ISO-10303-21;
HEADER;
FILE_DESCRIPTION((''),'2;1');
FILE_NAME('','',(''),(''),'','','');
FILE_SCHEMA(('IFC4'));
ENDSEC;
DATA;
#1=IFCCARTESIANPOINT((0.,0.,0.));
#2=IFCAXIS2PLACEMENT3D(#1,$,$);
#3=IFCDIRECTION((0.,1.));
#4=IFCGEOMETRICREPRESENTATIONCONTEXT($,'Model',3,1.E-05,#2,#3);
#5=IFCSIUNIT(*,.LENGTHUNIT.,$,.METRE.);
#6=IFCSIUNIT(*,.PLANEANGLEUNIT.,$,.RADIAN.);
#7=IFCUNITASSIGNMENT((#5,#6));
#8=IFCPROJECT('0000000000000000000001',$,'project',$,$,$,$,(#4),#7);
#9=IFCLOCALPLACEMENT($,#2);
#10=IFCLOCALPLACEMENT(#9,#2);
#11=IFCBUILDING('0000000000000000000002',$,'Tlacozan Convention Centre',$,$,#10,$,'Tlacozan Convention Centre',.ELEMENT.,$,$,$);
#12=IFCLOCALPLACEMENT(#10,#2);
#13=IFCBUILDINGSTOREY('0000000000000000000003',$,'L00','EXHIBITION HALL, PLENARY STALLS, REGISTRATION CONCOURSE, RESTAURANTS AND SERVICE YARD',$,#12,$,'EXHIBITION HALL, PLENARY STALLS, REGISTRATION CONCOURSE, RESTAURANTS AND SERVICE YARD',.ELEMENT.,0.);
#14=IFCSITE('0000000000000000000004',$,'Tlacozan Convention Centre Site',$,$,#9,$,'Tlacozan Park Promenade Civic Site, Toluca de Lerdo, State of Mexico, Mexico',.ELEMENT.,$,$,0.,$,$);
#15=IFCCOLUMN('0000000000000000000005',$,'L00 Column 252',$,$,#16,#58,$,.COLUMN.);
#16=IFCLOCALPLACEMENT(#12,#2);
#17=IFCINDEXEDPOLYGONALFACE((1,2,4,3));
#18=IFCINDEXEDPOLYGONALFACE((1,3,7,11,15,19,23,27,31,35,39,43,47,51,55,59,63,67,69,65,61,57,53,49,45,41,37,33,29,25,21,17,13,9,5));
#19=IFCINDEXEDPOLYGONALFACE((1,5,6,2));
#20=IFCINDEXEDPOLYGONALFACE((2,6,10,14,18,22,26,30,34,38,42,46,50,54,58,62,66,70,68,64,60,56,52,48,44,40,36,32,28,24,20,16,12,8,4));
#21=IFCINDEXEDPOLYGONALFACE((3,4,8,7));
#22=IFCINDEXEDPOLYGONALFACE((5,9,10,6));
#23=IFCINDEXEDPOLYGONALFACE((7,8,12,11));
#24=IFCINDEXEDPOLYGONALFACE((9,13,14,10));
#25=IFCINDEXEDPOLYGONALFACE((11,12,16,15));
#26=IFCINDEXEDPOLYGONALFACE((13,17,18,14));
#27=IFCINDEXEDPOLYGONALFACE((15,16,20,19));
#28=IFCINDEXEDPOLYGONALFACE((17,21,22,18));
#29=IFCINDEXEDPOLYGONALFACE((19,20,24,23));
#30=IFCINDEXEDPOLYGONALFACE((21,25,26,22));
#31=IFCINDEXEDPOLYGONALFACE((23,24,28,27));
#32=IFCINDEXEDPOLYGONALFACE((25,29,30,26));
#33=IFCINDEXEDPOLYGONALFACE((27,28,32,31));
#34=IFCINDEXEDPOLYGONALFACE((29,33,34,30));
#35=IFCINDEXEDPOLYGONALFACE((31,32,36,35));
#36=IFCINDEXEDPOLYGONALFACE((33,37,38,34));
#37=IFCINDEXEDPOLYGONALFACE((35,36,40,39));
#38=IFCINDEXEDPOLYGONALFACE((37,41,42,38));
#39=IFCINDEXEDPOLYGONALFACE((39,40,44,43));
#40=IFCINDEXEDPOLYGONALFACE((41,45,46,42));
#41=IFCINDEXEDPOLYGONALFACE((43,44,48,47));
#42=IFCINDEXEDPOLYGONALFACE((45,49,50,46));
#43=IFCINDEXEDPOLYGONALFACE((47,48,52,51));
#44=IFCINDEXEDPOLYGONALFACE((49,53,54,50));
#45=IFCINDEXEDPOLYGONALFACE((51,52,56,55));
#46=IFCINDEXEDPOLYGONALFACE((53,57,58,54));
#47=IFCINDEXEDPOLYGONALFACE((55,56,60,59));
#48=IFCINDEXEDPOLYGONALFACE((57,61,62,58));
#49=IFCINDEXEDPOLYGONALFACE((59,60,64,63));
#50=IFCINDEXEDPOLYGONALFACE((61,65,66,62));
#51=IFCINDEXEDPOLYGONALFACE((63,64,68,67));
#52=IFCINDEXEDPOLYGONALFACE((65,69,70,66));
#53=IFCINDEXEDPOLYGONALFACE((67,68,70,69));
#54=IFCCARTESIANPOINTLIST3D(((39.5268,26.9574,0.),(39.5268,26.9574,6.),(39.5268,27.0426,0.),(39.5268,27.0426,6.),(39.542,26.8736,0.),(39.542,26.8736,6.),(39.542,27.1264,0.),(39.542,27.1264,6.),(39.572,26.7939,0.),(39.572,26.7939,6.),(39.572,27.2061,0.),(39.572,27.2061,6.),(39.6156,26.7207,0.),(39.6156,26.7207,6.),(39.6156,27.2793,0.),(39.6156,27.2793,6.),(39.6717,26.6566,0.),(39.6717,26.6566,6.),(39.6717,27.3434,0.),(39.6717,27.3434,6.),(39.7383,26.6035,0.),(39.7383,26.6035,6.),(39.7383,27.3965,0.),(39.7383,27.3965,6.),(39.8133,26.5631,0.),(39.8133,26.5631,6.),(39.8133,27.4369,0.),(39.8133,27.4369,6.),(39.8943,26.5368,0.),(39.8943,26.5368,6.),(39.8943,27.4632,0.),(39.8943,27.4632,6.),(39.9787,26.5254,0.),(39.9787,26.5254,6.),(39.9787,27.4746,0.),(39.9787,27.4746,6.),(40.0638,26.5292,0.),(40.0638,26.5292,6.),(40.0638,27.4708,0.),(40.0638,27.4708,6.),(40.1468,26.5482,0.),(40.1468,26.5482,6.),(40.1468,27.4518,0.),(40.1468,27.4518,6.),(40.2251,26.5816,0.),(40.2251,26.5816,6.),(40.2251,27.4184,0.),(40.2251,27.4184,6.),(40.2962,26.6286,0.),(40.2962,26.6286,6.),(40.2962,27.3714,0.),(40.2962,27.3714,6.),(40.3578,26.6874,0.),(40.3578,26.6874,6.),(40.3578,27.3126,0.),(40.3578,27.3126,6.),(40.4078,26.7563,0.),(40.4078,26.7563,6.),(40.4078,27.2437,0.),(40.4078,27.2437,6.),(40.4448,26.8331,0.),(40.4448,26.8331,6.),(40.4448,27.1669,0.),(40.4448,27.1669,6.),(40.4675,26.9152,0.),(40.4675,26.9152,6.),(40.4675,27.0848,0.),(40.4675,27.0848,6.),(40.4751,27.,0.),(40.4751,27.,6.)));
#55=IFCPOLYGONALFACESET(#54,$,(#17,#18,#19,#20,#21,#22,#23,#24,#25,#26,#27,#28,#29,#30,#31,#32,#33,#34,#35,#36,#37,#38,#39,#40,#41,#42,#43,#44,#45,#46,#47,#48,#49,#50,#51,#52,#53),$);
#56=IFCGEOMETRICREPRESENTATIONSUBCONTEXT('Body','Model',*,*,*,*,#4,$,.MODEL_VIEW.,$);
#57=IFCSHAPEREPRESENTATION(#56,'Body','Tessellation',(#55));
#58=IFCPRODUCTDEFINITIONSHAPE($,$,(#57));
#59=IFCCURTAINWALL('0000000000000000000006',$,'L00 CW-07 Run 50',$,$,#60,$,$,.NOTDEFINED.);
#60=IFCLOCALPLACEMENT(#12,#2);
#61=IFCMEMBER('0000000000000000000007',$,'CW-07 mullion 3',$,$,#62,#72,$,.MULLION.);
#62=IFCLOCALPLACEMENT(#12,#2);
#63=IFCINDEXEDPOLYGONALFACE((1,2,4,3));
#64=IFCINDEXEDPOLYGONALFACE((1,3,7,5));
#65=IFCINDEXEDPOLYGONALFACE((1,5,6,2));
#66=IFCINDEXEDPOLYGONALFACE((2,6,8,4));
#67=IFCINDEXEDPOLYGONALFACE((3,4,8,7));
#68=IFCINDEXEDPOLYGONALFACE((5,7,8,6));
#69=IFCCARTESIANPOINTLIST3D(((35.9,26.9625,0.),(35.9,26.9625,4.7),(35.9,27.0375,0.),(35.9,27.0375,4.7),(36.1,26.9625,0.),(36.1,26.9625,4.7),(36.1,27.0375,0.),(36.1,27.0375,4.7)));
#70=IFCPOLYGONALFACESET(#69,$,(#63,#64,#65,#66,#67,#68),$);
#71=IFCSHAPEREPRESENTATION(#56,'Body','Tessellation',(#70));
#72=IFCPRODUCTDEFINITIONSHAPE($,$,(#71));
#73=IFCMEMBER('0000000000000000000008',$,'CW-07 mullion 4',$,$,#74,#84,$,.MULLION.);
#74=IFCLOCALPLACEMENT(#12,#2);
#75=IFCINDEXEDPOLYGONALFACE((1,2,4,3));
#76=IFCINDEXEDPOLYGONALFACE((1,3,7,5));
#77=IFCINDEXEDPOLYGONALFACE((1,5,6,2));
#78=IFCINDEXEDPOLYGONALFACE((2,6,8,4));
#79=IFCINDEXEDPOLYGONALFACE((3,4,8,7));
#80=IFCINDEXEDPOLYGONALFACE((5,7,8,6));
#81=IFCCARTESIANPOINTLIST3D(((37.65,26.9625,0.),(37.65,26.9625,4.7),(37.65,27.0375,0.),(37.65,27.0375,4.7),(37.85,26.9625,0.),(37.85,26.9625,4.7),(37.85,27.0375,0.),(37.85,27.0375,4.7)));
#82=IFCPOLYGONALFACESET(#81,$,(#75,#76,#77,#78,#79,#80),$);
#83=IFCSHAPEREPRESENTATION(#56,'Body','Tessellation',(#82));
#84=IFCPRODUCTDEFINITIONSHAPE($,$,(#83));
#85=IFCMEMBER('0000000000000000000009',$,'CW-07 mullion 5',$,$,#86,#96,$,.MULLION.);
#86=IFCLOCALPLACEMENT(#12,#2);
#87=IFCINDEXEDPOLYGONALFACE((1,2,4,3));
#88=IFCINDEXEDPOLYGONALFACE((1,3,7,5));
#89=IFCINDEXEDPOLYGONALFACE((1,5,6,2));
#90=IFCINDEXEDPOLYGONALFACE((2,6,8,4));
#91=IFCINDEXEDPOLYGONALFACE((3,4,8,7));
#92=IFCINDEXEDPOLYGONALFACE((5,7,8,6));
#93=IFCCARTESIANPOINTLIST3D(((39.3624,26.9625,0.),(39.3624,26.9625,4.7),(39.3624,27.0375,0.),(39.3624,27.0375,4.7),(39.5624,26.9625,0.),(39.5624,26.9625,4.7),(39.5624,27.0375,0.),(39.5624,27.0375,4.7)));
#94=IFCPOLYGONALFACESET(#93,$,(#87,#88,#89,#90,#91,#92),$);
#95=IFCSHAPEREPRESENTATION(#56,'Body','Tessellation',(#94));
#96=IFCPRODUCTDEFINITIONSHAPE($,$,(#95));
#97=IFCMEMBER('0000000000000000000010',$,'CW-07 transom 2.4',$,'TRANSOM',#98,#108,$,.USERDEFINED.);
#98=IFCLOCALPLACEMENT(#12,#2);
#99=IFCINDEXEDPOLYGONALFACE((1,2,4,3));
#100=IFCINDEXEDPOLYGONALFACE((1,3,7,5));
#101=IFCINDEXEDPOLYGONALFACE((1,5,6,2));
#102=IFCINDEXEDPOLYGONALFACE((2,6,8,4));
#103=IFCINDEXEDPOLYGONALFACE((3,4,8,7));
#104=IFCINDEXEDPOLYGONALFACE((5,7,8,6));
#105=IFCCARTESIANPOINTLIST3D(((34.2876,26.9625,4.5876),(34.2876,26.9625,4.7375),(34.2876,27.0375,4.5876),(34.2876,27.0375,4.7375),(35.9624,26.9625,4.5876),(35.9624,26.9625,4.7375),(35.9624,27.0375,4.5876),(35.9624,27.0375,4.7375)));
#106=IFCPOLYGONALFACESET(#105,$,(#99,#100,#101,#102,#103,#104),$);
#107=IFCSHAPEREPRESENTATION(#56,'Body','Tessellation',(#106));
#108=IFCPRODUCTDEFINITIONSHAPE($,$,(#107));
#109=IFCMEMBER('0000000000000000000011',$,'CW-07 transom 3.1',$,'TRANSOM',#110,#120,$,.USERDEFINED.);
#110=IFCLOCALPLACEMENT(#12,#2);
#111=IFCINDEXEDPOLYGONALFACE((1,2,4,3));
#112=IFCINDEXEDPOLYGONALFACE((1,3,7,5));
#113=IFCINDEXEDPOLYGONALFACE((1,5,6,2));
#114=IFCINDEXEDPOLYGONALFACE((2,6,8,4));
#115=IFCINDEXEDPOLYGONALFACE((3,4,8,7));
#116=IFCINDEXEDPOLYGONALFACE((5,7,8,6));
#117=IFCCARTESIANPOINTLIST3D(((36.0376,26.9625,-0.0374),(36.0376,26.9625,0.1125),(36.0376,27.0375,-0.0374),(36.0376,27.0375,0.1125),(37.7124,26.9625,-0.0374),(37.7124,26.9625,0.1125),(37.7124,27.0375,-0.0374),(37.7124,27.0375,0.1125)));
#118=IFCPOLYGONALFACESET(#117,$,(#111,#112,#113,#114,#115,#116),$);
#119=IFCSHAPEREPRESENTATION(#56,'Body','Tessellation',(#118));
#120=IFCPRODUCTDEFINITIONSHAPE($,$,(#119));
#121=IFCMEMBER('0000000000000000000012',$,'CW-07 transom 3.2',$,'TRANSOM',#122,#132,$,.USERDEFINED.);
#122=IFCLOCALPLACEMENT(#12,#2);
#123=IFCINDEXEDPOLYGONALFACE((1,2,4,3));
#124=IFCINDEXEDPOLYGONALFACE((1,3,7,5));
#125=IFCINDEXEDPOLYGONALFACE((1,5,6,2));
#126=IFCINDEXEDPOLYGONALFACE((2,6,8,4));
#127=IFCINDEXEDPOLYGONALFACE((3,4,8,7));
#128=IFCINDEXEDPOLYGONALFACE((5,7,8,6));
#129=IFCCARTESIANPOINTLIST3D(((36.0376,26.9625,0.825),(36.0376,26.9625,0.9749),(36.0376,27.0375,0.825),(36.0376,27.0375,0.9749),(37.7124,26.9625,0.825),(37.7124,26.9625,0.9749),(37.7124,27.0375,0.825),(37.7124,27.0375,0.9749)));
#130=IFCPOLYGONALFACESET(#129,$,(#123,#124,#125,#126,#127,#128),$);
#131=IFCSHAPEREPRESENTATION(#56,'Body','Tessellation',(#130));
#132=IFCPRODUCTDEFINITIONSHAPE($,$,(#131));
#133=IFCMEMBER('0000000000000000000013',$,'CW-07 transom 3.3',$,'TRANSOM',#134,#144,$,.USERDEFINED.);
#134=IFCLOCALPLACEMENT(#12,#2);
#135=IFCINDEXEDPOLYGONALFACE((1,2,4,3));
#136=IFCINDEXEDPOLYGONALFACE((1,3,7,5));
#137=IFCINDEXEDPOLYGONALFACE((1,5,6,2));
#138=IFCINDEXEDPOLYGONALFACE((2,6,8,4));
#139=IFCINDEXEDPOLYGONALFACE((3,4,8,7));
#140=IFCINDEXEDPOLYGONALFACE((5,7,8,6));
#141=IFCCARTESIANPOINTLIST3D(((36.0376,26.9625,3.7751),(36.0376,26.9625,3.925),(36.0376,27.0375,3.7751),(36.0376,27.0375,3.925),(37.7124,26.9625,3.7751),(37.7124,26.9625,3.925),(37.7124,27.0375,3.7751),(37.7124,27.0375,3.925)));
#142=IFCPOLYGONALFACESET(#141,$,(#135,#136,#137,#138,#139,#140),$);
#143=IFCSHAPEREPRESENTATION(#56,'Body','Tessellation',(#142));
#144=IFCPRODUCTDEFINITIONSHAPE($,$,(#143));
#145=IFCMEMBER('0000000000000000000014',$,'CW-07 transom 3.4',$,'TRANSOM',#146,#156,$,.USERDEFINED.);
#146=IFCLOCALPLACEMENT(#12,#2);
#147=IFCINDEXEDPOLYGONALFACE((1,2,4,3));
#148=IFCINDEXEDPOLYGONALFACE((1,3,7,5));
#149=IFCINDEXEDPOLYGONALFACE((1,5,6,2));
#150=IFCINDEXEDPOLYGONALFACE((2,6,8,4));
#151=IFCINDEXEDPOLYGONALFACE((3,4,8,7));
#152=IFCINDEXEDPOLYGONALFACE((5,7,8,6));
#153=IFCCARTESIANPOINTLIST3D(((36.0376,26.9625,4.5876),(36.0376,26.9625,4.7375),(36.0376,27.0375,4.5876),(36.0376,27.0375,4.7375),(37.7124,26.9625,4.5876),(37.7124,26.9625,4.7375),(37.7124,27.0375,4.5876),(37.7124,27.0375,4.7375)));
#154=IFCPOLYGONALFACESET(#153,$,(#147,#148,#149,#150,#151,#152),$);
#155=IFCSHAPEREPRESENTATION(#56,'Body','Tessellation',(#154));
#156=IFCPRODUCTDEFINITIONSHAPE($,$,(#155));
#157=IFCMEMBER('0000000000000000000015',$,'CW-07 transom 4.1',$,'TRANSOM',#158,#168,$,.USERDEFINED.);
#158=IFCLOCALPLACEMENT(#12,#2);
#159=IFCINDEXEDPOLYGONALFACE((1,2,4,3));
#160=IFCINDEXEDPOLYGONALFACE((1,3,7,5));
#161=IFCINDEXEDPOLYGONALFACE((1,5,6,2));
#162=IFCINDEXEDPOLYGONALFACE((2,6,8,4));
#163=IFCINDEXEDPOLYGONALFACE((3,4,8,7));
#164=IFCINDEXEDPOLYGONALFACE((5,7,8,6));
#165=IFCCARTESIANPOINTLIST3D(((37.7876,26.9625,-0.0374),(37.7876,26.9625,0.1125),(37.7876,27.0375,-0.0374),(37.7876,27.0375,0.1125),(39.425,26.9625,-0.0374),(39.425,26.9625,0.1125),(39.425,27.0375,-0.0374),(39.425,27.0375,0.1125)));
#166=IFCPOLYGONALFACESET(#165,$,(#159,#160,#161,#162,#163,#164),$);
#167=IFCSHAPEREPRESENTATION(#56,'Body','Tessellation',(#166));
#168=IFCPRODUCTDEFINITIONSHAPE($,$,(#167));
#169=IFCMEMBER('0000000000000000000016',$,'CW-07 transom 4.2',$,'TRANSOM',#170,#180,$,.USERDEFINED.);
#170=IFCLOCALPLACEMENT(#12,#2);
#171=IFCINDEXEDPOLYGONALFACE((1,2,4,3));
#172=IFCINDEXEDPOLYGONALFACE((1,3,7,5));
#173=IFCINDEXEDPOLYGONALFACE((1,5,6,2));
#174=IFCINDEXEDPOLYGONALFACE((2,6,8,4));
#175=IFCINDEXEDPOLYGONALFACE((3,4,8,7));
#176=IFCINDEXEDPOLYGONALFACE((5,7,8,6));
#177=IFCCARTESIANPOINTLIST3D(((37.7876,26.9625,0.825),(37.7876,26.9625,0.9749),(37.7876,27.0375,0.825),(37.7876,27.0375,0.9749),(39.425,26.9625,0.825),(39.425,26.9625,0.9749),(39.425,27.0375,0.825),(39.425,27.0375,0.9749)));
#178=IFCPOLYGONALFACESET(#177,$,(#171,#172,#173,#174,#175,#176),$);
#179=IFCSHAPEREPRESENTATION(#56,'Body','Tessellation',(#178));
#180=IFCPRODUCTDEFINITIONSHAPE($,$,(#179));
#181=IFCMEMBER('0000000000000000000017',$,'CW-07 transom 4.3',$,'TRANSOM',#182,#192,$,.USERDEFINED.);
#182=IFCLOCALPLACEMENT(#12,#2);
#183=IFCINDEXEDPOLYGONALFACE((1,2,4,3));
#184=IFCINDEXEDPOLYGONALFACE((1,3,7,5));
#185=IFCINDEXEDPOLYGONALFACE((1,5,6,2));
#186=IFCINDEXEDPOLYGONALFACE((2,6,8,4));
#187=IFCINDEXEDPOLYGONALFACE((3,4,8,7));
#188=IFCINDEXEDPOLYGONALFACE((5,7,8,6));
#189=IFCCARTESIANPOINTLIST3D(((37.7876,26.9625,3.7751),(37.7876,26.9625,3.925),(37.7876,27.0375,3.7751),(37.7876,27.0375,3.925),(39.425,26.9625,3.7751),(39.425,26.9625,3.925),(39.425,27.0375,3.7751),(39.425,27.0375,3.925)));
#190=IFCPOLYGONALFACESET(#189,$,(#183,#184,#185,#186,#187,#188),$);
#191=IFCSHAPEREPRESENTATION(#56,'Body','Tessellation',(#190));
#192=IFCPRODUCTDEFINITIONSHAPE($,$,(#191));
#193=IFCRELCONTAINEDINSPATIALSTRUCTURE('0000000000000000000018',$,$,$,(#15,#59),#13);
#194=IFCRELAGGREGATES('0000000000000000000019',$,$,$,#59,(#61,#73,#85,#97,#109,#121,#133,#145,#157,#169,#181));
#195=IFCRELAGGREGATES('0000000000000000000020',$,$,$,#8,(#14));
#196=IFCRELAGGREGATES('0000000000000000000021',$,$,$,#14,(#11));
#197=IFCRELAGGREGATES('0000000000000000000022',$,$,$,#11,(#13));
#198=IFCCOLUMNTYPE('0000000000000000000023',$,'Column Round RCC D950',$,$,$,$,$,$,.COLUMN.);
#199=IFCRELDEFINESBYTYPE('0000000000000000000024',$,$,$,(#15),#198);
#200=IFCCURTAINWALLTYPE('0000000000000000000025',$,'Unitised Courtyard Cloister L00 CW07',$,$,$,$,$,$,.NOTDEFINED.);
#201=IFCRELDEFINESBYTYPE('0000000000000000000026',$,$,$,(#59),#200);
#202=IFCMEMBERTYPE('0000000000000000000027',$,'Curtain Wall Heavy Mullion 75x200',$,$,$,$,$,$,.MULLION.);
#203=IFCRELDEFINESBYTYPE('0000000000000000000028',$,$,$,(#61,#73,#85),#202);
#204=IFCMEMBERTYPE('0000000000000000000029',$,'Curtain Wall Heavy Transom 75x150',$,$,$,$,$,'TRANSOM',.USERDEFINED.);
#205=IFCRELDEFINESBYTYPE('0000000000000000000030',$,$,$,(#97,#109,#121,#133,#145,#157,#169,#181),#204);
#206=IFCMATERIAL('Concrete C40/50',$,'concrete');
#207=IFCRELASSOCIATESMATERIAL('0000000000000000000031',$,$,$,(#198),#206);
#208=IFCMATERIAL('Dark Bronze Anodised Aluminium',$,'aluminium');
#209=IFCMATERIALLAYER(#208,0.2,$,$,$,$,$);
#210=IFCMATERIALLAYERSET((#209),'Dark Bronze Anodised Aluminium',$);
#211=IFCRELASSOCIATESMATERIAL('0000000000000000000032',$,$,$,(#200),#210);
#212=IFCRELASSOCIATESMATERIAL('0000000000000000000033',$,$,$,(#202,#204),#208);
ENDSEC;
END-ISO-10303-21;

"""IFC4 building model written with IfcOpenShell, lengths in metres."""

from ifc_helpers import new_model, si_unit, direction, frame, origin, origin_2d, place, context, subcontext, project, spatial, rectangle, circle, extrude, material, layer, layer_set, material_profile, profile_set, type_object, element, aggregate, save


model = new_model("IFC4")

# Units and contexts
model_context = context("Model", 3, precision=1e-05, world=origin(), true_north=direction((0.0, 1.0)))
body_context = subcontext(model_context, "Body", "Model", "MODEL_VIEW")
ifc_project = project(units=[si_unit("LENGTHUNIT", "METRE"), si_unit("PLANEANGLEUNIT", "RADIAN")], contexts=[model_context])

# Site, building, storey
site_placement = place(None, origin())
site = spatial("IfcSite", under=ifc_project, at=site_placement, Name="Tlacozan Convention Centre Site", LongName="Tlacozan Park Promenade Civic Site, Toluca de Lerdo, State of Mexico, Mexico", CompositionType="ELEMENT", RefElevation=0.0)
building_placement = place(site_placement, origin())
building = spatial("IfcBuilding", under=site, at=building_placement, Name="Tlacozan Convention Centre", LongName="Tlacozan Convention Centre", CompositionType="ELEMENT")
storey_placement = place(building_placement, origin())
storey = spatial("IfcBuildingStorey", under=building, at=storey_placement, Name="L00", Description="EXHIBITION HALL, PLENARY STALLS, REGISTRATION CONCOURSE, RESTAURANTS AND SERVICE YARD", LongName="EXHIBITION HALL, PLENARY STALLS, REGISTRATION CONCOURSE, RESTAURANTS AND SERVICE YARD", CompositionType="ELEMENT", Elevation=0.0)

# Column
ifc_material_1 = material(Name="Concrete C40/50", Category="concrete")
ifc_material_profile_1 = material_profile(ifc_material_1, circle(Radius=0.4751, at=origin_2d()), Name="RCC D950")
ifc_profile_set_1 = profile_set([ifc_material_profile_1], Name="Concrete C40/50")
column_type = type_object("IfcColumnType", Name="Column Round RCC D950", PredefinedType="COLUMN", material=ifc_profile_set_1)
column_placement = place(storey_placement, frame((40.0, 27.0, 0.0), z_axis=(0.0, 0.0, 1.0), x_axis=(1.0, 0.0, 0.0)))
element("IfcColumn", 1, at=column_placement, inside=storey, type_object=column_type, Name="L00 Column 252", PredefinedType="COLUMN", context=body_context, shape_type="SweptSolid", body=[
    extrude(circle(Radius=0.4751, at=origin_2d()), origin(), (0.0, 0.0, 1.0), 6.0),
])

# Curtain wall, members
ifc_material_2 = material(Name="Dark Bronze Anodised Aluminium", Category="aluminium")
ifc_layer_1 = layer(ifc_material_2, 0.2)
ifc_layer_set_1 = layer_set([ifc_layer_1], Name="Dark Bronze Anodised Aluminium")
curtain_wall_type = type_object("IfcCurtainWallType", Name="Unitised Courtyard Cloister L00 CW07", PredefinedType="NOTDEFINED", material=ifc_layer_set_1)
curtain_wall_placement = place(storey_placement, origin())
curtain_wall = element("IfcCurtainWall", 2, at=curtain_wall_placement, inside=storey, type_object=curtain_wall_type, Name="L00 CW-07 Run 50", PredefinedType="NOTDEFINED")
ifc_material_profile_2 = material_profile(ifc_material_2, rectangle(XDim=0.075, YDim=0.2, at=origin_2d()), Name="ALU 75x200")
ifc_profile_set_2 = profile_set([ifc_material_profile_2], Name="Dark Bronze Anodised Aluminium")
member_type_1 = type_object("IfcMemberType", Name="Curtain Wall Heavy Mullion 75x200", PredefinedType="MULLION", material=ifc_profile_set_2)
member_1_placement = place(storey_placement, frame((36.0, 27.0, 0.0), z_axis=(0.0, 0.0, 1.0), x_axis=(0.0, 1.0, 0.0)))
member_1 = element("IfcMember", 3, at=member_1_placement, type_object=member_type_1, Name="CW-07 mullion 3", PredefinedType="MULLION", context=body_context, shape_type="SweptSolid", body=[
    extrude(rectangle(XDim=0.075, YDim=0.2, at=origin_2d()), origin(), (0.0, 0.0, 1.0), 4.7),
])
member_2_placement = place(storey_placement, frame((37.75, 27.0, 0.0), z_axis=(0.0, 0.0, 1.0), x_axis=(0.0, 1.0, 0.0)))
member_2 = element("IfcMember", 4, at=member_2_placement, type_object=member_type_1, Name="CW-07 mullion 4", PredefinedType="MULLION", context=body_context, shape_type="SweptSolid", body=[
    extrude(rectangle(XDim=0.075, YDim=0.2, at=origin_2d()), origin(), (0.0, 0.0, 1.0), 4.7),
])
member_3_placement = place(storey_placement, frame((39.4624, 27.0, 0.0), z_axis=(0.0, 0.0, 1.0), x_axis=(0.0, 1.0, 0.0)))
member_3 = element("IfcMember", 5, at=member_3_placement, type_object=member_type_1, Name="CW-07 mullion 5", PredefinedType="MULLION", context=body_context, shape_type="SweptSolid", body=[
    extrude(rectangle(XDim=0.075, YDim=0.2, at=origin_2d()), origin(), (0.0, 0.0, 1.0), 4.7),
])
ifc_material_profile_3 = material_profile(ifc_material_2, rectangle(XDim=0.075, YDim=0.1499, at=origin_2d()), Name="ALU 75x150")
ifc_profile_set_3 = profile_set([ifc_material_profile_3], Name="Dark Bronze Anodised Aluminium")
member_type_2 = type_object("IfcMemberType", Name="Curtain Wall Heavy Transom 75x150", ElementType="TRANSOM", PredefinedType="USERDEFINED", material=ifc_profile_set_3)
member_4_placement = place(storey_placement, frame((34.2876, 27.0, 4.6626), z_axis=(1.0, 0.0, 0.0), x_axis=(0.0, 1.0, 0.0)))
member_4 = element("IfcMember", 6, at=member_4_placement, type_object=member_type_2, Name="CW-07 transom 2.4", ObjectType="TRANSOM", PredefinedType="USERDEFINED", context=body_context, shape_type="SweptSolid", body=[
    extrude(rectangle(XDim=0.075, YDim=0.1499, at=origin_2d()), origin(), (0.0, 0.0, 1.0), 1.6748),
])
member_5_placement = place(storey_placement, frame((36.0376, 27.0, 0.0376), z_axis=(1.0, 0.0, 0.0), x_axis=(0.0, 1.0, 0.0)))
member_5 = element("IfcMember", 7, at=member_5_placement, type_object=member_type_2, Name="CW-07 transom 3.1", ObjectType="TRANSOM", PredefinedType="USERDEFINED", context=body_context, shape_type="SweptSolid", body=[
    extrude(rectangle(XDim=0.075, YDim=0.1499, at=origin_2d()), origin(), (0.0, 0.0, 1.0), 1.6748),
])
member_6_placement = place(storey_placement, frame((36.0376, 27.0, 0.8999), z_axis=(1.0, 0.0, 0.0), x_axis=(0.0, 1.0, 0.0)))
member_6 = element("IfcMember", 8, at=member_6_placement, type_object=member_type_2, Name="CW-07 transom 3.2", ObjectType="TRANSOM", PredefinedType="USERDEFINED", context=body_context, shape_type="SweptSolid", body=[
    extrude(rectangle(XDim=0.075, YDim=0.1499, at=origin_2d()), origin(), (0.0, 0.0, 1.0), 1.6748),
])
member_7_placement = place(storey_placement, frame((36.0376, 27.0, 3.8501), z_axis=(1.0, 0.0, 0.0), x_axis=(0.0, 1.0, 0.0)))
member_7 = element("IfcMember", 9, at=member_7_placement, type_object=member_type_2, Name="CW-07 transom 3.3", ObjectType="TRANSOM", PredefinedType="USERDEFINED", context=body_context, shape_type="SweptSolid", body=[
    extrude(rectangle(XDim=0.075, YDim=0.1499, at=origin_2d()), origin(), (0.0, 0.0, 1.0), 1.6748),
])
member_8_placement = place(storey_placement, frame((36.0376, 27.0, 4.6626), z_axis=(1.0, 0.0, 0.0), x_axis=(0.0, 1.0, 0.0)))
member_8 = element("IfcMember", 10, at=member_8_placement, type_object=member_type_2, Name="CW-07 transom 3.4", ObjectType="TRANSOM", PredefinedType="USERDEFINED", context=body_context, shape_type="SweptSolid", body=[
    extrude(rectangle(XDim=0.075, YDim=0.1499, at=origin_2d()), origin(), (0.0, 0.0, 1.0), 1.6748),
])
member_9_placement = place(storey_placement, frame((37.7876, 27.0, 0.0376), z_axis=(1.0, 0.0, 0.0), x_axis=(0.0, 1.0, 0.0)))
member_9 = element("IfcMember", 11, at=member_9_placement, type_object=member_type_2, Name="CW-07 transom 4.1", ObjectType="TRANSOM", PredefinedType="USERDEFINED", context=body_context, shape_type="SweptSolid", body=[
    extrude(rectangle(XDim=0.075, YDim=0.1499, at=origin_2d()), origin(), (0.0, 0.0, 1.0), 1.6375),
])
member_10_placement = place(storey_placement, frame((37.7876, 27.0, 0.8999), z_axis=(1.0, 0.0, 0.0), x_axis=(0.0, 1.0, 0.0)))
member_10 = element("IfcMember", 12, at=member_10_placement, type_object=member_type_2, Name="CW-07 transom 4.2", ObjectType="TRANSOM", PredefinedType="USERDEFINED", context=body_context, shape_type="SweptSolid", body=[
    extrude(rectangle(XDim=0.075, YDim=0.1499, at=origin_2d()), origin(), (0.0, 0.0, 1.0), 1.6375),
])
member_11_placement = place(storey_placement, frame((37.7876, 27.0, 3.8501), z_axis=(1.0, 0.0, 0.0), x_axis=(0.0, 1.0, 0.0)))
member_11 = element("IfcMember", 13, at=member_11_placement, type_object=member_type_2, Name="CW-07 transom 4.3", ObjectType="TRANSOM", PredefinedType="USERDEFINED", context=body_context, shape_type="SweptSolid", body=[
    extrude(rectangle(XDim=0.075, YDim=0.1499, at=origin_2d()), origin(), (0.0, 0.0, 1.0), 1.6375),
])

aggregate(curtain_wall, [member_1, member_2, member_3, member_4, member_5, member_6, member_7, member_8, member_9, member_10, member_11])

save(model, "model.ifc")
